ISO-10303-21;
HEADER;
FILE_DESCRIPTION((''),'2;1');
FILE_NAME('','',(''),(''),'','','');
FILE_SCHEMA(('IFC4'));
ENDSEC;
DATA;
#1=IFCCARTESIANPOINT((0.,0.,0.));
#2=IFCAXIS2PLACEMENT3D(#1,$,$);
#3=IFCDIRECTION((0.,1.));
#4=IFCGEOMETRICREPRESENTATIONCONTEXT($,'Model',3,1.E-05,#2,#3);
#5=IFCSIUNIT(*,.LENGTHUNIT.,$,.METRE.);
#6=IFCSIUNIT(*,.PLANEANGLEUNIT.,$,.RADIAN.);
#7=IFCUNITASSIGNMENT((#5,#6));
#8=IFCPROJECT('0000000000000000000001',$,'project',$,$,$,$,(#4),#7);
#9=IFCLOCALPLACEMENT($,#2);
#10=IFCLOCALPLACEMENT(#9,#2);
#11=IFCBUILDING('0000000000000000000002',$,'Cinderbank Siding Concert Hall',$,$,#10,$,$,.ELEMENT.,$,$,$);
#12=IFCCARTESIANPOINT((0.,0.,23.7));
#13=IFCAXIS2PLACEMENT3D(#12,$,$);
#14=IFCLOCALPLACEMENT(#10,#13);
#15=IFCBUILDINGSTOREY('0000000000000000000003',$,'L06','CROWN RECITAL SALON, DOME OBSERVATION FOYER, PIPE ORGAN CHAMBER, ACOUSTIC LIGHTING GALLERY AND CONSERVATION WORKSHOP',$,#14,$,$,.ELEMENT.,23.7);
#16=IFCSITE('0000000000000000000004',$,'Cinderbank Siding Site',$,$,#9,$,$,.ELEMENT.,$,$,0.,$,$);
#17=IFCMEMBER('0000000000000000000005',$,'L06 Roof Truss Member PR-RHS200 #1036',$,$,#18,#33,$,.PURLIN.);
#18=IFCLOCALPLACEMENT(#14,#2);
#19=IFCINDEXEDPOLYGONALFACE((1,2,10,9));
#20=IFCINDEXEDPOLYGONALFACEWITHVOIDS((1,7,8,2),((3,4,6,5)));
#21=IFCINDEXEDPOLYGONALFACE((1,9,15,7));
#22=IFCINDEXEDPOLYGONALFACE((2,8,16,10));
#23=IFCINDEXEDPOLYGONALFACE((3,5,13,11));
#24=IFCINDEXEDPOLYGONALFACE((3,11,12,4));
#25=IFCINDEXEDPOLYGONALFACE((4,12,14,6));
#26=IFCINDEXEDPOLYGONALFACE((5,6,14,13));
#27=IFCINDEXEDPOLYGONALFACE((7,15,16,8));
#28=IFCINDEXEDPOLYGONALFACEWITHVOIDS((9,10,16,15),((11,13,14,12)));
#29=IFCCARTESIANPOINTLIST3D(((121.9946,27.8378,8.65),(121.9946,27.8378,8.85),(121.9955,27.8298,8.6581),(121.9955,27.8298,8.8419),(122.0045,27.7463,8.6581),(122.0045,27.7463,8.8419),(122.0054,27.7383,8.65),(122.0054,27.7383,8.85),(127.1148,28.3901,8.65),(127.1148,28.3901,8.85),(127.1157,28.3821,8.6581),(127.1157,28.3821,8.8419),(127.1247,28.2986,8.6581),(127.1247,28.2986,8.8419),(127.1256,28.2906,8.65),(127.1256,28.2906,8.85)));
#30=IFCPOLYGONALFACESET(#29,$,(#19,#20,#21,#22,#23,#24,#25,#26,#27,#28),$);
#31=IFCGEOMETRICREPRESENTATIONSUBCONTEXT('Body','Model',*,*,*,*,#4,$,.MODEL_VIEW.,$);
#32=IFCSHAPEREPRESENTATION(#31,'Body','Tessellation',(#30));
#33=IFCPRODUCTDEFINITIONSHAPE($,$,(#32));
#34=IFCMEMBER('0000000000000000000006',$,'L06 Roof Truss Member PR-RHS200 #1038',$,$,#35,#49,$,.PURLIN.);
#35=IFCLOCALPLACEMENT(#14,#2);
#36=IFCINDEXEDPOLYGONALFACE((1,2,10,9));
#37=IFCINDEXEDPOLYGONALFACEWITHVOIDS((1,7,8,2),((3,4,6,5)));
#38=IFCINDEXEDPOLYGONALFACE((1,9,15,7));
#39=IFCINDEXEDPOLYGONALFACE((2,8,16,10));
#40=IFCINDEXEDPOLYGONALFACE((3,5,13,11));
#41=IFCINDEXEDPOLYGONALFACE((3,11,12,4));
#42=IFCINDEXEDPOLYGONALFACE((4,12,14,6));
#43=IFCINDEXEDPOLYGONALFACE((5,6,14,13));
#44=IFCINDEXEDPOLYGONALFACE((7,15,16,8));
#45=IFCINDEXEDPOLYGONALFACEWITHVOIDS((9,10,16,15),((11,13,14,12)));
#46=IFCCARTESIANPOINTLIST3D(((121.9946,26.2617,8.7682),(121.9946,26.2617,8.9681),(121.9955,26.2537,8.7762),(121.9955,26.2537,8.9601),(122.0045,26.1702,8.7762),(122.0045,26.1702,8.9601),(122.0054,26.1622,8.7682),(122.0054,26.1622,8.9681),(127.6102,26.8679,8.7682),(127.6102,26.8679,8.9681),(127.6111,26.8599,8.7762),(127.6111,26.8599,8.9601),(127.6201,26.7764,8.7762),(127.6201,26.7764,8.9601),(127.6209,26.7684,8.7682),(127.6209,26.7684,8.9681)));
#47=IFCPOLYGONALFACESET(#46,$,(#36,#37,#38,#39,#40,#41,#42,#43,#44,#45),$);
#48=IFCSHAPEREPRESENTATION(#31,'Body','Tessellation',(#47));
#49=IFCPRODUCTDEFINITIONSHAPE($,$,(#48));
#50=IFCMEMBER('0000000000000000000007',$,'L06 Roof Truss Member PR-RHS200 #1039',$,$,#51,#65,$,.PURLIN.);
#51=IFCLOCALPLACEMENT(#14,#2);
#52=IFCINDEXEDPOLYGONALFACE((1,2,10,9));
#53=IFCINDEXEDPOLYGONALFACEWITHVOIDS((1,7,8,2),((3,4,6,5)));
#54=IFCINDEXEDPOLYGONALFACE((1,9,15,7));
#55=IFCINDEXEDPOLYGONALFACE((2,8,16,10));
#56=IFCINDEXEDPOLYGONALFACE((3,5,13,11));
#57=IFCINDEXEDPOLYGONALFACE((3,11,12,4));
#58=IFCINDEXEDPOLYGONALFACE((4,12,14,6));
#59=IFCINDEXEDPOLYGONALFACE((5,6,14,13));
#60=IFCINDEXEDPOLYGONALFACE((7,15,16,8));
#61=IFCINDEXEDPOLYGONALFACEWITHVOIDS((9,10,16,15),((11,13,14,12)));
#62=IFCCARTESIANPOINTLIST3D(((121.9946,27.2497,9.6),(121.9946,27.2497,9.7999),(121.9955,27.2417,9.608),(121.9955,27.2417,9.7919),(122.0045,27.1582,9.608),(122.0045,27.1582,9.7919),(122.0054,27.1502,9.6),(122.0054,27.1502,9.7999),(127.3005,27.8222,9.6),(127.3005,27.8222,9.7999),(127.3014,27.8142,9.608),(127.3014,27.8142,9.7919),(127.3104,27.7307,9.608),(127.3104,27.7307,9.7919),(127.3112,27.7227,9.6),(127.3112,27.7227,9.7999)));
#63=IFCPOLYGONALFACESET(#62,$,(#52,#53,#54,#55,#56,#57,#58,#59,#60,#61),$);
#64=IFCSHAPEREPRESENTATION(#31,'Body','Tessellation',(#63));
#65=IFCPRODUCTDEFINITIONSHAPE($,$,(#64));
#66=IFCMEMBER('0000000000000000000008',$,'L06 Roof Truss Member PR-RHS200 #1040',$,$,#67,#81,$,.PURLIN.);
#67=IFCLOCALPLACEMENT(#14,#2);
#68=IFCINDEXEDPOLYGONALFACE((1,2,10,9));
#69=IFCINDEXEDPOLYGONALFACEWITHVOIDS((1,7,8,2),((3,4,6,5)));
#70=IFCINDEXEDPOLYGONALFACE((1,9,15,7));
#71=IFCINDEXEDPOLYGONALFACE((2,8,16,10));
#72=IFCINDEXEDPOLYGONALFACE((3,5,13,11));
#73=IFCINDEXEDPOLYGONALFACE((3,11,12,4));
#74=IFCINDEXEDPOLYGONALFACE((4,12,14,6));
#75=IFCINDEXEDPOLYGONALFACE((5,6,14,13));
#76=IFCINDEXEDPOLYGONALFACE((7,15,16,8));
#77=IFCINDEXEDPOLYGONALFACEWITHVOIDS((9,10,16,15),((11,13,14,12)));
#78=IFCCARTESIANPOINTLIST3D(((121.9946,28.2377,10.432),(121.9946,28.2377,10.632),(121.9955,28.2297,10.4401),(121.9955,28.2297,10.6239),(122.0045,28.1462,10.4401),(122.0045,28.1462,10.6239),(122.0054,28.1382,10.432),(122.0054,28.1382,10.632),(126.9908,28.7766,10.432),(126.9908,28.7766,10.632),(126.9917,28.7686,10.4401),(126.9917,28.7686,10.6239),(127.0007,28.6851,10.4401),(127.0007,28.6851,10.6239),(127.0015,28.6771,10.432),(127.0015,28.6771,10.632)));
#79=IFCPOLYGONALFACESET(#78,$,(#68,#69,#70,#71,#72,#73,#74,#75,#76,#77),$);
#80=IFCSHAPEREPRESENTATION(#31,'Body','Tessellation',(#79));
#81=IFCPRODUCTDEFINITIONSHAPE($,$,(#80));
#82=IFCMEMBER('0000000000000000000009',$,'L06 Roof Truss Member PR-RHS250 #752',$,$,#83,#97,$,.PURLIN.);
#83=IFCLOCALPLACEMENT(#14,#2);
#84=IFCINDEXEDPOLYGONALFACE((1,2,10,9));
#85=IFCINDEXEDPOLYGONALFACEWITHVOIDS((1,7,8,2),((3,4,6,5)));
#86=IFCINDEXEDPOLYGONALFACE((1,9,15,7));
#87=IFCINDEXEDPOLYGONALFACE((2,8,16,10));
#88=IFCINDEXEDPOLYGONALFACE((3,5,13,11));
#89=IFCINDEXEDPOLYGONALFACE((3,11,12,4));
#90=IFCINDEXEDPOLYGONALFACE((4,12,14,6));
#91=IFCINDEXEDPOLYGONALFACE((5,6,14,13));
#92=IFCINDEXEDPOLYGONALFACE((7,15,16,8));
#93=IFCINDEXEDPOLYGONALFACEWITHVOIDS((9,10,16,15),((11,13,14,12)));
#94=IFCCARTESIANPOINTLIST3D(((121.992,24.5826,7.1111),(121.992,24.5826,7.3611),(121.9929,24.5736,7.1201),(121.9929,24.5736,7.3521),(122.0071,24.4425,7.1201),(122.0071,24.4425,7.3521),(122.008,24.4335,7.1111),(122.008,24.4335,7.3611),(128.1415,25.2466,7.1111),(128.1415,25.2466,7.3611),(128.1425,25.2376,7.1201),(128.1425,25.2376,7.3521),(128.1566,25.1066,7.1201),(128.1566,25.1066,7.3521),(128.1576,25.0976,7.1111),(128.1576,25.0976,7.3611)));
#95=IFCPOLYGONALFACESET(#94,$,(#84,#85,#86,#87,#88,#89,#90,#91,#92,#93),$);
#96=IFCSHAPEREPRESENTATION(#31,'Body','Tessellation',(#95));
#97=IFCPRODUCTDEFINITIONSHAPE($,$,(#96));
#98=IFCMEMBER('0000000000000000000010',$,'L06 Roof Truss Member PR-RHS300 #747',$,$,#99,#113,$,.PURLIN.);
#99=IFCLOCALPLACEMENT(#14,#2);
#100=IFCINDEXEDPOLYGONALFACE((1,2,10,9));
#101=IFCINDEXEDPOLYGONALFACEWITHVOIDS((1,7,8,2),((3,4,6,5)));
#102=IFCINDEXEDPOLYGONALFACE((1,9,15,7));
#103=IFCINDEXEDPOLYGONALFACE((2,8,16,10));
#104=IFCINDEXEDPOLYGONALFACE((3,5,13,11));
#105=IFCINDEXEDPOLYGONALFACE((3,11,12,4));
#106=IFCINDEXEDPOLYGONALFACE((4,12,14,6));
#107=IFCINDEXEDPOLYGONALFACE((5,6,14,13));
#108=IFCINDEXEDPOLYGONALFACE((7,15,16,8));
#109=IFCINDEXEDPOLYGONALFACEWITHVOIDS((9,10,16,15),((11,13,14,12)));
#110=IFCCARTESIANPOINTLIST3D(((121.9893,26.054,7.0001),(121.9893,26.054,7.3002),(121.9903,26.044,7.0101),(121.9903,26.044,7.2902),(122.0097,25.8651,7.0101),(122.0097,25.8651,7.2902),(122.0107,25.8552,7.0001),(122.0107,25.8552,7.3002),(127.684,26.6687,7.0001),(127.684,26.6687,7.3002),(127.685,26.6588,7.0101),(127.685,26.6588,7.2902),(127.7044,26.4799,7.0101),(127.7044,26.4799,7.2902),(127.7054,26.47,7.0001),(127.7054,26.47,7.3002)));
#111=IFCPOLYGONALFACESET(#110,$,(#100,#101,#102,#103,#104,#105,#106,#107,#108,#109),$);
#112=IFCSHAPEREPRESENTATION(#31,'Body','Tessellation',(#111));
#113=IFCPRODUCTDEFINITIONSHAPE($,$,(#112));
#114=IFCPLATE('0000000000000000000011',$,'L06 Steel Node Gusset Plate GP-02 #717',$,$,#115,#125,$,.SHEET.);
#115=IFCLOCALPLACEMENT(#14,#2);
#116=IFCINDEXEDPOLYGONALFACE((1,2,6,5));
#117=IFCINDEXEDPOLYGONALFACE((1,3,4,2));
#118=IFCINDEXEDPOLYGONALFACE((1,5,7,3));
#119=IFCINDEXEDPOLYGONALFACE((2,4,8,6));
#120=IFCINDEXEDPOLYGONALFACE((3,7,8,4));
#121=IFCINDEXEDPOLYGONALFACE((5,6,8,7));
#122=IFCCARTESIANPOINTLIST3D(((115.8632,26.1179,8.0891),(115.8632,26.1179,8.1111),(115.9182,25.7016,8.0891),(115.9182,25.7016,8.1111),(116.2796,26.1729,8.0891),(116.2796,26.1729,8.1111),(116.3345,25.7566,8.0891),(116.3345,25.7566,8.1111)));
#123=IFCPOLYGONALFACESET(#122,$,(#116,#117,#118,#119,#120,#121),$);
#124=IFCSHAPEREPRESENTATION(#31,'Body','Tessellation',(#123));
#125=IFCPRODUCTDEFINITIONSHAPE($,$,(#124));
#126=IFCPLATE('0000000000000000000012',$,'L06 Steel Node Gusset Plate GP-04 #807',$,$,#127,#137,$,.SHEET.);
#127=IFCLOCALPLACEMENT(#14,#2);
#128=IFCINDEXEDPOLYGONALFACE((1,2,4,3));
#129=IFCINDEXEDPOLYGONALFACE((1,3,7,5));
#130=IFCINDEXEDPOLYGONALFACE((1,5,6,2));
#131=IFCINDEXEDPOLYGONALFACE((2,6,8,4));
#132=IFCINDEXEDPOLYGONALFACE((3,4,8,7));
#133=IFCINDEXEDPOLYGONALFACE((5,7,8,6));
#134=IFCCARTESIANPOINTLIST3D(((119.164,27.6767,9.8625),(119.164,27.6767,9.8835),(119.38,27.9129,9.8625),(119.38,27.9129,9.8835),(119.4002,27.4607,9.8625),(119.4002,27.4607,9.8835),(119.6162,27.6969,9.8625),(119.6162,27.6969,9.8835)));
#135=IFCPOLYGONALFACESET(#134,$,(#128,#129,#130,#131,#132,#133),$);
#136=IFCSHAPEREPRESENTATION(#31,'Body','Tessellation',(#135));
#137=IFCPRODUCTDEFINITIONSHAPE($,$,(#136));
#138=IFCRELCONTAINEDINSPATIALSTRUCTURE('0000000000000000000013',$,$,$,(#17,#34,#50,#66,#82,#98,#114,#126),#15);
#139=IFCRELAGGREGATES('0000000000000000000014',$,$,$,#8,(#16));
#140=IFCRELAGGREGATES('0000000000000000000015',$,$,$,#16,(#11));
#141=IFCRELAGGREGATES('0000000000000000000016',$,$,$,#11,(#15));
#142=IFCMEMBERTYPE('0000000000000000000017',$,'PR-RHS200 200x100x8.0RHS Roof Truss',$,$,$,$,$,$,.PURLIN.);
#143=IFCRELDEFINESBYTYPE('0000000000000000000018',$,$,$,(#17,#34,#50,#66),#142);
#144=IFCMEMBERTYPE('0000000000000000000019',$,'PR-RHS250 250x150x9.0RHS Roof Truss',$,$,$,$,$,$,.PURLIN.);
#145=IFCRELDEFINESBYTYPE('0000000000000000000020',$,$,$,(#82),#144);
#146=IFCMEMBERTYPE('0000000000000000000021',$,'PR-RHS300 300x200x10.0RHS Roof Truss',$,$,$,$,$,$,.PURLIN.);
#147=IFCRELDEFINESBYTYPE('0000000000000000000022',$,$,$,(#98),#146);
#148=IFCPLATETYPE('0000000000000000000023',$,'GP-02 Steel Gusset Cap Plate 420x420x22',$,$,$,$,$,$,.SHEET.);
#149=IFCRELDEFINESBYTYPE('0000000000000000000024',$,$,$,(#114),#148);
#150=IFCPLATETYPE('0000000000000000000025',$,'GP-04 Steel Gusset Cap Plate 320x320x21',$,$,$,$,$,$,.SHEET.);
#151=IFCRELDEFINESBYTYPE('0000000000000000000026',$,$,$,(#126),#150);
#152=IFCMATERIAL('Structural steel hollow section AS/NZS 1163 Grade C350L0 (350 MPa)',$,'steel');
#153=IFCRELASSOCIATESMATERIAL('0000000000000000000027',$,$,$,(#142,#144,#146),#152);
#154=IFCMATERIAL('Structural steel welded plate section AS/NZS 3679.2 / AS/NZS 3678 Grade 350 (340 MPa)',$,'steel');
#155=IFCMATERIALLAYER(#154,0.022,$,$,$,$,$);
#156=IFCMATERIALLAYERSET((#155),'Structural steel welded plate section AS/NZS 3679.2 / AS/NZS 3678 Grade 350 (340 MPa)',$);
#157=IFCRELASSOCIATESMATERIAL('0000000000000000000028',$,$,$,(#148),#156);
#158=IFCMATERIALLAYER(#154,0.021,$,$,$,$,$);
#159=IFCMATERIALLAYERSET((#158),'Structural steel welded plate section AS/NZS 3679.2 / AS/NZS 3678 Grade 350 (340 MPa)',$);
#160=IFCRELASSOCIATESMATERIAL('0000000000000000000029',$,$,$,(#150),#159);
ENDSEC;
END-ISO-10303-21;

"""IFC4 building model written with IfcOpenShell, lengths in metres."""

from ifc_helpers import new_model, si_unit, direction, frame, origin, origin_2d, place, context, subcontext, project, spatial, rectangle, hollow_rectangle, extrude, material, layer, layer_set, material_profile, profile_set, type_object, element, save


model = new_model("IFC4")

# Units and contexts
model_context = context("Model", 3, precision=1e-05, world=origin(), true_north=direction((0.0, 1.0)))
body_context = subcontext(model_context, "Body", "Model", "MODEL_VIEW")
ifc_project = project(units=[si_unit("LENGTHUNIT", "METRE"), si_unit("PLANEANGLEUNIT", "RADIAN")], contexts=[model_context])

# Site, building, storey
site_placement = place(None, origin())
site = spatial("IfcSite", under=ifc_project, at=site_placement, Name="Cinderbank Siding Site", CompositionType="ELEMENT", RefElevation=0.0)
building_placement = place(site_placement, origin())
building = spatial("IfcBuilding", under=site, at=building_placement, Name="Cinderbank Siding Concert Hall", CompositionType="ELEMENT")
storey_placement = place(building_placement, frame((0.0, 0.0, 23.7)))
storey = spatial("IfcBuildingStorey", under=building, at=storey_placement, Name="L06", Description="CROWN RECITAL SALON, DOME OBSERVATION FOYER, PIPE ORGAN CHAMBER, ACOUSTIC LIGHTING GALLERY AND CONSERVATION WORKSHOP", CompositionType="ELEMENT", Elevation=23.7)

# Shared definitions
ifc_material_1 = material(Name="Structural steel welded plate section AS/NZS 3679.2 / AS/NZS 3678 Grade 350 (340 MPa)", Category="steel")

# Members
ifc_material_2 = material(Name="Structural steel hollow section AS/NZS 1163 Grade C350L0 (350 MPa)", Category="steel")
ifc_material_profile_1 = material_profile(ifc_material_2, hollow_rectangle(XDim=0.1001, YDim=0.2, WallThickness=0.0081, at=origin_2d()), Name="200x100x8.0RHS", Category="LoadBearing")
ifc_profile_set_1 = profile_set([ifc_material_profile_1], Name="Structural steel hollow section AS/NZS 1163 Grade C350L0 (350 MPa)")
member_type_1 = type_object("IfcMemberType", Name="PR-RHS200 200x100x8.0RHS Roof Truss", PredefinedType="PURLIN", material=ifc_profile_set_1)
member_1_placement = place(storey_placement, frame((122.0, 27.7881, 8.75), z_axis=(0.994234, 0.107236, 0.0), x_axis=(-0.107236, 0.994234, 0.0)))
element("IfcMember", 1, at=member_1_placement, inside=storey, type_object=member_type_1, Name="L06 Roof Truss Member PR-RHS200 #1036", PredefinedType="PURLIN", context=body_context, shape_type="SweptSolid", body=[
    extrude(hollow_rectangle(XDim=0.1001, YDim=0.2, WallThickness=0.0081, at=origin_2d()), origin(), (0.0, 0.0, 1.0), 5.1499),
])
member_2_placement = place(storey_placement, frame((122.0, 26.2119, 8.8682), z_axis=(0.994224, 0.107328, 0.0), x_axis=(-0.107328, 0.994224, 0.0)))
element("IfcMember", 2, at=member_2_placement, inside=storey, type_object=member_type_1, Name="L06 Roof Truss Member PR-RHS200 #1038", PredefinedType="PURLIN", context=body_context, shape_type="SweptSolid", body=[
    extrude(hollow_rectangle(XDim=0.1001, YDim=0.2, WallThickness=0.0081, at=origin_2d()), origin(), (0.0, 0.0, 1.0), 5.6482),
])
member_3_placement = place(storey_placement, frame((122.0, 27.2, 9.7), z_axis=(0.994229, 0.107278, 0.0), x_axis=(-0.107278, 0.994229, 0.0)))
element("IfcMember", 3, at=member_3_placement, inside=storey, type_object=member_type_1, Name="L06 Roof Truss Member PR-RHS200 #1039", PredefinedType="PURLIN", context=body_context, shape_type="SweptSolid", body=[
    extrude(hollow_rectangle(XDim=0.1001, YDim=0.2, WallThickness=0.0081, at=origin_2d()), origin(), (0.0, 0.0, 1.0), 5.3367),
])
member_4_placement = place(storey_placement, frame((122.0, 28.188, 10.532), z_axis=(0.994235, 0.107226, 0.0), x_axis=(-0.107226, 0.994235, 0.0)))
element("IfcMember", 4, at=member_4_placement, inside=storey, type_object=member_type_1, Name="L06 Roof Truss Member PR-RHS200 #1040", PredefinedType="PURLIN", context=body_context, shape_type="SweptSolid", body=[
    extrude(hollow_rectangle(XDim=0.1001, YDim=0.2, WallThickness=0.0081, at=origin_2d()), origin(), (0.0, 0.0, 1.0), 5.0251),
])
ifc_material_profile_2 = material_profile(ifc_material_2, hollow_rectangle(XDim=0.1499, YDim=0.25, WallThickness=0.009, at=origin_2d()), Name="250x150x9.0RHS", Category="LoadBearing")
ifc_profile_set_2 = profile_set([ifc_material_profile_2], Name="Structural steel hollow section AS/NZS 1163 Grade C350L0 (350 MPa)")
member_type_2 = type_object("IfcMemberType", Name="PR-RHS250 250x150x9.0RHS Roof Truss", PredefinedType="PURLIN", material=ifc_profile_set_2)
member_5_placement = place(storey_placement, frame((122.0, 24.5081, 7.2361), z_axis=(0.99422, 0.10736, 0.0), x_axis=(-0.10736, 0.99422, 0.0)))
element("IfcMember", 5, at=member_5_placement, inside=storey, type_object=member_type_2, Name="L06 Roof Truss Member PR-RHS250 #752", PredefinedType="PURLIN", context=body_context, shape_type="SweptSolid", body=[
    extrude(hollow_rectangle(XDim=0.1499, YDim=0.25, WallThickness=0.009, at=origin_2d()), origin(), (0.0, 0.0, 1.0), 6.1853),
])
ifc_material_profile_3 = material_profile(ifc_material_2, hollow_rectangle(XDim=0.2, YDim=0.3, WallThickness=0.01, at=origin_2d()), Name="300x200x10.0RHS", Category="LoadBearing")
ifc_profile_set_3 = profile_set([ifc_material_profile_3], Name="Structural steel hollow section AS/NZS 1163 Grade C350L0 (350 MPa)")
member_type_3 = type_object("IfcMemberType", Name="PR-RHS300 300x200x10.0RHS Roof Truss", PredefinedType="PURLIN", material=ifc_profile_set_3)
member_6_placement = place(storey_placement, frame((122.0, 25.9546, 7.1501), z_axis=(0.994224, 0.107329, 0.0), x_axis=(-0.107329, 0.994224, 0.0)))
element("IfcMember", 6, at=member_6_placement, inside=storey, type_object=member_type_3, Name="L06 Roof Truss Member PR-RHS300 #747", PredefinedType="PURLIN", context=body_context, shape_type="SweptSolid", body=[
    extrude(hollow_rectangle(XDim=0.2, YDim=0.3, WallThickness=0.01, at=origin_2d()), origin(), (0.0, 0.0, 1.0), 5.7278),
])

# Plates
ifc_layer_1 = layer(ifc_material_1, 0.022)
ifc_layer_set_1 = layer_set([ifc_layer_1], Name="Structural steel welded plate section AS/NZS 3679.2 / AS/NZS 3678 Grade 350 (340 MPa)")
plate_type_1 = type_object("IfcPlateType", Name="GP-02 Steel Gusset Cap Plate 420x420x22", PredefinedType="SHEET", material=ifc_layer_set_1)
plate_1_placement = place(storey_placement, frame((116.0989, 25.9373, 8.0891), z_axis=(0.0, 0.0, 1.0), x_axis=(0.991399, 0.130872, 0.0)))
element("IfcPlate", 7, at=plate_1_placement, inside=storey, type_object=plate_type_1, Name="L06 Steel Node Gusset Plate GP-02 #717", PredefinedType="SHEET", context=body_context, shape_type="SweptSolid", body=[
    extrude(rectangle(XDim=0.4199, YDim=0.4199, at=origin_2d()), origin(), (0.0, 0.0, 1.0), 0.022),
])
ifc_layer_2 = layer(ifc_material_1, 0.021)
ifc_layer_set_2 = layer_set([ifc_layer_2], Name="Structural steel welded plate section AS/NZS 3679.2 / AS/NZS 3678 Grade 350 (340 MPa)")
plate_type_2 = type_object("IfcPlateType", Name="GP-04 Steel Gusset Cap Plate 320x320x21", PredefinedType="SHEET", material=ifc_layer_set_2)
plate_2_placement = place(storey_placement, frame((119.3901, 27.6868, 9.8625), z_axis=(0.0, 0.0, 1.0), x_axis=(-0.737984, 0.674818, 0.0)))
element("IfcPlate", 8, at=plate_2_placement, inside=storey, type_object=plate_type_2, Name="L06 Steel Node Gusset Plate GP-04 #807", PredefinedType="SHEET", context=body_context, shape_type="SweptSolid", body=[
    extrude(rectangle(XDim=0.3201, YDim=0.3201, at=origin_2d()), origin(), (0.0, 0.0, 1.0), 0.021),
])

save(model, "model.ifc")
